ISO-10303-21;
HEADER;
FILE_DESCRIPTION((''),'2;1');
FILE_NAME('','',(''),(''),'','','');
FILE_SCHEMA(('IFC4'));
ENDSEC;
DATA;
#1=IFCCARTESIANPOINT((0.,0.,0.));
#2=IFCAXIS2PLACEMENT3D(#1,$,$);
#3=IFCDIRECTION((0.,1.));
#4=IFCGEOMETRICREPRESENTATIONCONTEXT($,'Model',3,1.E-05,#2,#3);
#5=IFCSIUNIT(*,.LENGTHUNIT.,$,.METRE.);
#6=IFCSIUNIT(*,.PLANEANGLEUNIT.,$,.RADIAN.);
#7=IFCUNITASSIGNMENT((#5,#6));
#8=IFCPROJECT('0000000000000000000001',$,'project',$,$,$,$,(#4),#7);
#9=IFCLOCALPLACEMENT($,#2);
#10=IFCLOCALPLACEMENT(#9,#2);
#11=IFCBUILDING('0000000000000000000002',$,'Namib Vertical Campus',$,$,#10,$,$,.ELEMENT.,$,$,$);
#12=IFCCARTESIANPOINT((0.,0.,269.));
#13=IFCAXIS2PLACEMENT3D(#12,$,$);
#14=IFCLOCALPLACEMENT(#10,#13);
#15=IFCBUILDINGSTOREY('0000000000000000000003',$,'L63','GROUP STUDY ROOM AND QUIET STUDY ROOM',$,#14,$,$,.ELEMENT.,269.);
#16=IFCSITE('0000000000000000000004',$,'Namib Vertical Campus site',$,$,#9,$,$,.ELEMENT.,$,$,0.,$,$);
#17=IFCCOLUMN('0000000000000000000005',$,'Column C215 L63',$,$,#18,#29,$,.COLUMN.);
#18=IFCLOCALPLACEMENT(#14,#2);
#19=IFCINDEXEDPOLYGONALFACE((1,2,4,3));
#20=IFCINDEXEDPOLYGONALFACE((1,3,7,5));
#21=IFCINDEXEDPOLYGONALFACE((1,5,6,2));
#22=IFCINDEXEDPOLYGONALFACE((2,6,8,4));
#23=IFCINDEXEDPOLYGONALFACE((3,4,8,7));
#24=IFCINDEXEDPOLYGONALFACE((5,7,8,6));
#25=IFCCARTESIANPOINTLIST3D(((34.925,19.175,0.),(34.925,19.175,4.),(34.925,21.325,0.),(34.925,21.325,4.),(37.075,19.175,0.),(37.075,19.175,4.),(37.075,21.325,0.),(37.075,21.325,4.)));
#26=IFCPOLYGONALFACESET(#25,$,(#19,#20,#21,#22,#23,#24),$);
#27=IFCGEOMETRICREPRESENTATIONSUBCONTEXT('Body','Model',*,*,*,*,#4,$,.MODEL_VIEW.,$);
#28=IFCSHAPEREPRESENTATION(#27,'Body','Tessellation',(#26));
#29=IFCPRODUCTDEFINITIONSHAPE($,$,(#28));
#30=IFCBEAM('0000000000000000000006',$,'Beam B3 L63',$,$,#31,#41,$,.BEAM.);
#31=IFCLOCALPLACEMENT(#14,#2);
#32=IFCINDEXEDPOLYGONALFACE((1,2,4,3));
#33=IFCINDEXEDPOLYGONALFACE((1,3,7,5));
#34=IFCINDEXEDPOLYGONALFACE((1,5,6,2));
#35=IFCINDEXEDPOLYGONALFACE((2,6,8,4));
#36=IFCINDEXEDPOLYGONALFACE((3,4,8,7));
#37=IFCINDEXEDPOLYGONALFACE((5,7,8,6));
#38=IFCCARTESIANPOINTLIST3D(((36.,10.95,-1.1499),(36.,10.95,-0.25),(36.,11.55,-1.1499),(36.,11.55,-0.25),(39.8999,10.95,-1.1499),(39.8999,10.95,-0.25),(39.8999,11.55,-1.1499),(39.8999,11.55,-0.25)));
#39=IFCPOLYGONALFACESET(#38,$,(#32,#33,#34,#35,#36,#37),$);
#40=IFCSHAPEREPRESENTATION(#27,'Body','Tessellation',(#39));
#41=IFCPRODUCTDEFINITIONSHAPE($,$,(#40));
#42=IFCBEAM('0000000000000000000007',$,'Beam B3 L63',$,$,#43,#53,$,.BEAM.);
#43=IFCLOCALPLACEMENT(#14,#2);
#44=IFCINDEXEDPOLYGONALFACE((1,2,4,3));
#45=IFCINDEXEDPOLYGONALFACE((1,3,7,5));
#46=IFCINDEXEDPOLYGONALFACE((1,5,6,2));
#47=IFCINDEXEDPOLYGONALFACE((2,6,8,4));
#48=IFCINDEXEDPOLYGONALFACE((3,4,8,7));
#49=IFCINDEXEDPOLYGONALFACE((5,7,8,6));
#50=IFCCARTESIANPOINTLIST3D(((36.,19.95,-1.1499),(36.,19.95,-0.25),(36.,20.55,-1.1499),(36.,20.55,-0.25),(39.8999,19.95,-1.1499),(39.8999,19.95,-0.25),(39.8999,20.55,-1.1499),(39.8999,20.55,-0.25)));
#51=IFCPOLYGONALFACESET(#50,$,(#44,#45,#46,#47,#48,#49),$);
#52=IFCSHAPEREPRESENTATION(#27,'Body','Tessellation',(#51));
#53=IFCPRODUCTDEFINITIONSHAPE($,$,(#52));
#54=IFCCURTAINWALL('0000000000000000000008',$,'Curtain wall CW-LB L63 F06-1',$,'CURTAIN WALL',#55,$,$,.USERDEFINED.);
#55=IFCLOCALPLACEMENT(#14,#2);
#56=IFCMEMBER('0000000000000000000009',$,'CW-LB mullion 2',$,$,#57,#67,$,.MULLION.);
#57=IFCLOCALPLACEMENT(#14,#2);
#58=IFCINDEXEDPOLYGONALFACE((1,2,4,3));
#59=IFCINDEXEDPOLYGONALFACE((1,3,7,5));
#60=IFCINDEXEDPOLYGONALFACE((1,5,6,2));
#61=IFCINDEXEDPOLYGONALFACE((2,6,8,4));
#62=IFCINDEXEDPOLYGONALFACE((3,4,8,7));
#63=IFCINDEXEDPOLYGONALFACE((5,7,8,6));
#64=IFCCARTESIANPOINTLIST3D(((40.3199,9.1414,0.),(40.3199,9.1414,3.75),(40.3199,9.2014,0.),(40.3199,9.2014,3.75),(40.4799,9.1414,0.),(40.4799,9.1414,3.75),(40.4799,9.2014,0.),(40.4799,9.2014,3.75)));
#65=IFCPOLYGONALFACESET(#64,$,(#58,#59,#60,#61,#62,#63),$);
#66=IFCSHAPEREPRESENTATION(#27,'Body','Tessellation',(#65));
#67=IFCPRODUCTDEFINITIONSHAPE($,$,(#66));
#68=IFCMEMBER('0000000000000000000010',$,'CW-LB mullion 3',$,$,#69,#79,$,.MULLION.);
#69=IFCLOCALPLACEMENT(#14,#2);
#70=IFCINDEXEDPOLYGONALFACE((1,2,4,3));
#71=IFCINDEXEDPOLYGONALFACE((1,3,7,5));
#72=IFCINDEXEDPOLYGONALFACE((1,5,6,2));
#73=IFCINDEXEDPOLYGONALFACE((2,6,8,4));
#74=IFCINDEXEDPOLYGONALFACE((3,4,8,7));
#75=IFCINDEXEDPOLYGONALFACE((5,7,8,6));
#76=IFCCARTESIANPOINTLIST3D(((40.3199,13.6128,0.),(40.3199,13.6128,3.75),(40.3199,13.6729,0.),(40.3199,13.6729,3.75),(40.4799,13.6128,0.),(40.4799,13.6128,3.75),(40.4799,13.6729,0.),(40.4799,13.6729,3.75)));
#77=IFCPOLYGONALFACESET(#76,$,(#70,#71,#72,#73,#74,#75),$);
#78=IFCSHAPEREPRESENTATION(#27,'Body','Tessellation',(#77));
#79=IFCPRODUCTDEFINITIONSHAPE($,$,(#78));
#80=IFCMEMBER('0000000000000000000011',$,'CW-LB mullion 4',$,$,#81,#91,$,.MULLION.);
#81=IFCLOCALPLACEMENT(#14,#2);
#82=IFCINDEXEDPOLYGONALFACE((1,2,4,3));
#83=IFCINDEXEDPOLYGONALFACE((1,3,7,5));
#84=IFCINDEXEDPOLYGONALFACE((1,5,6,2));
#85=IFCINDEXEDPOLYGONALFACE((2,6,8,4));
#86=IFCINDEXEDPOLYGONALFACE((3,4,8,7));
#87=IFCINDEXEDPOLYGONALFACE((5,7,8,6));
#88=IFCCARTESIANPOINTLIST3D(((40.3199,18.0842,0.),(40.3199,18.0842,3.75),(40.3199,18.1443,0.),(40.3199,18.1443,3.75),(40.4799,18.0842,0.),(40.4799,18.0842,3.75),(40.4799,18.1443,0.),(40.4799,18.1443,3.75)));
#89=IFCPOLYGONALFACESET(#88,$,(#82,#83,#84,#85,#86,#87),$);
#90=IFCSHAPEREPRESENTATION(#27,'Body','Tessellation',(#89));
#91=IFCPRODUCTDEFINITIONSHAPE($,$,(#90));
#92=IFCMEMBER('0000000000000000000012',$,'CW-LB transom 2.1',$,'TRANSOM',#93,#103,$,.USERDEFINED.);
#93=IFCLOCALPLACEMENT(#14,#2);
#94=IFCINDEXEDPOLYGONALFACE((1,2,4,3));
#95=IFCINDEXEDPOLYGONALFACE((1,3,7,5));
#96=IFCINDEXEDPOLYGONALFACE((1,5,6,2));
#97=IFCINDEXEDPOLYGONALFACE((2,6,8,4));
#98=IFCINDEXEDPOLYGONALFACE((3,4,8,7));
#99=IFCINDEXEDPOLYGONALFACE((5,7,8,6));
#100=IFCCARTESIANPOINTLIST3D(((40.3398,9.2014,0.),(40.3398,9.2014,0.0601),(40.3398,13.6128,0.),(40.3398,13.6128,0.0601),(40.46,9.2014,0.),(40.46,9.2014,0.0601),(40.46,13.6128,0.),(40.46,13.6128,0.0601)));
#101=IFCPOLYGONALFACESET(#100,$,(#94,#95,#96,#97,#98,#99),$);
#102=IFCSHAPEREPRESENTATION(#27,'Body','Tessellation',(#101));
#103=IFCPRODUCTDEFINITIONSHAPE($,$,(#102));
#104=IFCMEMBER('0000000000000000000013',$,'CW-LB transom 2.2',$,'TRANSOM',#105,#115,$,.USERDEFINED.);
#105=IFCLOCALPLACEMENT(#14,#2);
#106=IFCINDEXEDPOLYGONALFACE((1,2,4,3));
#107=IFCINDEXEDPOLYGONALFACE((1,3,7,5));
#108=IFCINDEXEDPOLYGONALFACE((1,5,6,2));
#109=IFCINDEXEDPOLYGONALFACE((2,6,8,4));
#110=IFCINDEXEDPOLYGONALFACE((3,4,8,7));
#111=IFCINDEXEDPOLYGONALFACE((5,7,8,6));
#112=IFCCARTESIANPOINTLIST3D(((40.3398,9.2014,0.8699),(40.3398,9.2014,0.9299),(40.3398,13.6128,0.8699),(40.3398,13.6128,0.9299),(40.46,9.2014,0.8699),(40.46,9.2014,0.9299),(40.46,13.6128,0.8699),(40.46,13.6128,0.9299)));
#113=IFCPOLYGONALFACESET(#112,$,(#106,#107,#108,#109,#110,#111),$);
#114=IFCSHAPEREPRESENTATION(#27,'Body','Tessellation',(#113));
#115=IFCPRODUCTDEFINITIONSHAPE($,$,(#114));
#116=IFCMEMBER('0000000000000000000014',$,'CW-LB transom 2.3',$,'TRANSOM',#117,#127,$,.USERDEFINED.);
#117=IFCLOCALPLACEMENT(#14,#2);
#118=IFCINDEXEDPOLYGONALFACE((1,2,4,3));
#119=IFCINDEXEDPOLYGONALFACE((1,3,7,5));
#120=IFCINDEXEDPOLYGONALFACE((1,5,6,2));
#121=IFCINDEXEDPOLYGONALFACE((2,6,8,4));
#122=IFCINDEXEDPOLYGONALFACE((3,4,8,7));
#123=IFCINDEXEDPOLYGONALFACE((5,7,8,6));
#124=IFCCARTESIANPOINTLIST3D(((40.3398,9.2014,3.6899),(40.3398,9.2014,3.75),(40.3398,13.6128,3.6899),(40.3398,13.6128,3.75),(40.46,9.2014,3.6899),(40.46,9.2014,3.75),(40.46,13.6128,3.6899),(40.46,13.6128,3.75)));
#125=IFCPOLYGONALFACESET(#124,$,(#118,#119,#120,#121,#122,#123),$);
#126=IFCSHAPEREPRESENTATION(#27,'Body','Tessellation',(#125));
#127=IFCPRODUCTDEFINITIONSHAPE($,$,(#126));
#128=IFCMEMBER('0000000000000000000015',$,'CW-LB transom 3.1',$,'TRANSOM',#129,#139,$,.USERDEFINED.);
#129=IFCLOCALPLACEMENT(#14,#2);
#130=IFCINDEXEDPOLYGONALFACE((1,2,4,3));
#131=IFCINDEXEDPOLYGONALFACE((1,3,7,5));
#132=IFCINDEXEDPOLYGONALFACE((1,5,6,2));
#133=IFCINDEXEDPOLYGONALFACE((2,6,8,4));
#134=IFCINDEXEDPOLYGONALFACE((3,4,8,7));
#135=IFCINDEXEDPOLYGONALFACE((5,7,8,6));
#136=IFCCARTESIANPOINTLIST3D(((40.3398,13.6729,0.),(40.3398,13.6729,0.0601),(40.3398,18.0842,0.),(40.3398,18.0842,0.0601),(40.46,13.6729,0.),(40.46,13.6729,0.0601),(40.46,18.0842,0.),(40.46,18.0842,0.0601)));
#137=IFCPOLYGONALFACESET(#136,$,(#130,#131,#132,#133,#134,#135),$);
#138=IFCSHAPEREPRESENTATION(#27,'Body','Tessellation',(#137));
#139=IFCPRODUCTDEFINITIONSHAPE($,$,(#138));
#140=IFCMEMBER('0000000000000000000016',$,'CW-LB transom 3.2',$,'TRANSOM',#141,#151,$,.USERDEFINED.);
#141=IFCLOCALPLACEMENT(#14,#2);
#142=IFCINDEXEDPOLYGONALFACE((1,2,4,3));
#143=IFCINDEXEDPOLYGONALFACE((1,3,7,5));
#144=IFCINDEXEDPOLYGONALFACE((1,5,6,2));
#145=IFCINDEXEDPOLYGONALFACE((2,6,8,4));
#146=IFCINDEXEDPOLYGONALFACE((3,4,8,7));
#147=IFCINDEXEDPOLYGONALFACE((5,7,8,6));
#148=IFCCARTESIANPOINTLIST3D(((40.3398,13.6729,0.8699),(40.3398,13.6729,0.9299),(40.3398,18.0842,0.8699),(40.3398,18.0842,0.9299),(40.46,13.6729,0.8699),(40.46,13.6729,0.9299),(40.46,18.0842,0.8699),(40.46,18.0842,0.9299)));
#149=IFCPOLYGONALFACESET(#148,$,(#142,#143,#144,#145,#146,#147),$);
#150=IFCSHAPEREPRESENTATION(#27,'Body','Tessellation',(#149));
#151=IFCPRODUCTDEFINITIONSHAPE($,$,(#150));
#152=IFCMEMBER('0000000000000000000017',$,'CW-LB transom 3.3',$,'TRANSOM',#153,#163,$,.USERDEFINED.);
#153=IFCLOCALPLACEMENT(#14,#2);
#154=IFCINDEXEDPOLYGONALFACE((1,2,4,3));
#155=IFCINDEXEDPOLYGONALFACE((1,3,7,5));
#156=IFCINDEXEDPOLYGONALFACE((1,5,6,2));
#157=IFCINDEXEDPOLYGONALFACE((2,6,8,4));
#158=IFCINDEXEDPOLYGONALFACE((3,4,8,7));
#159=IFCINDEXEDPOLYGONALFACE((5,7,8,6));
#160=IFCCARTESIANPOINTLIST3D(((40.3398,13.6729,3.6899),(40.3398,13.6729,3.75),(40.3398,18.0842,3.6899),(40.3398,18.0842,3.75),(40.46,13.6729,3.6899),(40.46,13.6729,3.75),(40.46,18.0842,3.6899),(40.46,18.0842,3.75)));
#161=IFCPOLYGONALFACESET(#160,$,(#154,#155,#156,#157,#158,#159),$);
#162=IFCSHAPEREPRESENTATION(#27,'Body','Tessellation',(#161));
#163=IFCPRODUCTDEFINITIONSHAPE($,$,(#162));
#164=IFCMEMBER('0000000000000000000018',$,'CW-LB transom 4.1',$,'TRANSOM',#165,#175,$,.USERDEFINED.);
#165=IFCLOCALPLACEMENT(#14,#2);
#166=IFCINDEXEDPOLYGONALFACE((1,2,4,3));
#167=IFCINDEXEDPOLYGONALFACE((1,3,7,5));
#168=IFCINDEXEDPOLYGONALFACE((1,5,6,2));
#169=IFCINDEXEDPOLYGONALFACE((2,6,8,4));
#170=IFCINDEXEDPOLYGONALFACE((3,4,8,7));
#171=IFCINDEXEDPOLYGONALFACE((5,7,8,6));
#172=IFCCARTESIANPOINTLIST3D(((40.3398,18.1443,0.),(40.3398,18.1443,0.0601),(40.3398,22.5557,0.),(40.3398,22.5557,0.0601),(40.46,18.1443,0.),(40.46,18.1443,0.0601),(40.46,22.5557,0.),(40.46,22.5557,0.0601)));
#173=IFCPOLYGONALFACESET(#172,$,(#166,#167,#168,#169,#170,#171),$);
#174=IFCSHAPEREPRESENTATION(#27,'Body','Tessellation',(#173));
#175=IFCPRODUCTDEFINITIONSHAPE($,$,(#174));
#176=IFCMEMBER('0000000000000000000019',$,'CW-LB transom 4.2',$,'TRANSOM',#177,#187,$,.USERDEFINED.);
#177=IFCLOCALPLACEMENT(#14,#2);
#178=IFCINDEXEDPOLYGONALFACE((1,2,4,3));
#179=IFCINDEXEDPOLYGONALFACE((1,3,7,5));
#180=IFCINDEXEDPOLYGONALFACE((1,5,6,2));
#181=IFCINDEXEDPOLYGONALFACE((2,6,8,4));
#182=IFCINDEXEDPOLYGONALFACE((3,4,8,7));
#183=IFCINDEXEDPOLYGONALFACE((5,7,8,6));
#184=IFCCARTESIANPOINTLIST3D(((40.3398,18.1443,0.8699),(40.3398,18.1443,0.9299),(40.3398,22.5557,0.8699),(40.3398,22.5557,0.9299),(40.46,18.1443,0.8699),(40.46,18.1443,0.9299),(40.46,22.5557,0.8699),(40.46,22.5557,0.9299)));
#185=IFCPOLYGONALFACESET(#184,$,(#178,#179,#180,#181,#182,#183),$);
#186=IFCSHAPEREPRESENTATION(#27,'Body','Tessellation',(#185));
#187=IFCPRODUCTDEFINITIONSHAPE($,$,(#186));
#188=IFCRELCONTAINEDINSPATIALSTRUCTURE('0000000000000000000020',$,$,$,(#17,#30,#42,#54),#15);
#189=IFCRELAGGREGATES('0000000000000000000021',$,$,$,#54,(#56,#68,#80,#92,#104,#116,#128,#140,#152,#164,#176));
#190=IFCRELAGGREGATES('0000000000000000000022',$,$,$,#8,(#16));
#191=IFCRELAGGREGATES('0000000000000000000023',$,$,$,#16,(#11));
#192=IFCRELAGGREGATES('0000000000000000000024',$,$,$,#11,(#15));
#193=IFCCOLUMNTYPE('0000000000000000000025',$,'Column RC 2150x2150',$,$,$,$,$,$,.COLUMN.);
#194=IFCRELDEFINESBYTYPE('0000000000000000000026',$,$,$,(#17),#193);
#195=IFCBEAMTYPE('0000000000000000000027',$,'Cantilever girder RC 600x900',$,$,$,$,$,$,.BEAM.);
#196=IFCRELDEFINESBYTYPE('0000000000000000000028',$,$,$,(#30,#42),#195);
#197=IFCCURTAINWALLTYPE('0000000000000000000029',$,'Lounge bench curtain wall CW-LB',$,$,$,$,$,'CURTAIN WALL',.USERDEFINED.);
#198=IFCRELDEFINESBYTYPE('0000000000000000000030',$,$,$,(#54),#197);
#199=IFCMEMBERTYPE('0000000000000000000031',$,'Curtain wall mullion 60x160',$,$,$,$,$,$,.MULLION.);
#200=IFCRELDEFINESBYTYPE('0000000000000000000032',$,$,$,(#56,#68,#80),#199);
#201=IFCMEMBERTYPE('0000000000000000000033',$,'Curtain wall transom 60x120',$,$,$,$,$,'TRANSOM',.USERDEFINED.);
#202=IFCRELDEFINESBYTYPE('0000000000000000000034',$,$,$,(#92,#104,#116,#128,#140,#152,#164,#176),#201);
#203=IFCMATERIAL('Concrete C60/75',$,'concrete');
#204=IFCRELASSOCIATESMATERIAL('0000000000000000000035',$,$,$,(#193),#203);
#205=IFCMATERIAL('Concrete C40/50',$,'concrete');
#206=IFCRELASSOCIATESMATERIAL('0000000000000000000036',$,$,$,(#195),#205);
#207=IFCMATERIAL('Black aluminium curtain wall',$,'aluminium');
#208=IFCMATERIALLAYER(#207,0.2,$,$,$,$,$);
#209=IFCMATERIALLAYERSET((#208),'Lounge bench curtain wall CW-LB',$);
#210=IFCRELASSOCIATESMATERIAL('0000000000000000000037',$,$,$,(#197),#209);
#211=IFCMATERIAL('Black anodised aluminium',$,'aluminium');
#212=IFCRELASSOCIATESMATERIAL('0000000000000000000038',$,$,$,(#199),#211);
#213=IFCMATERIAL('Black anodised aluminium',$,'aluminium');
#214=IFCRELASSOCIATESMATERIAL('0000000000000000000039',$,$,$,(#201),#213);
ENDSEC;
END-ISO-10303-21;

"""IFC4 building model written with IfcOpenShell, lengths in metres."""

from ifc_helpers import new_model, si_unit, direction, frame, origin, origin_2d, place, context, subcontext, project, spatial, rectangle, extrude, material, layer, layer_set, material_profile, profile_set, type_object, element, aggregate, save


model = new_model("IFC4")

# Units and contexts
model_context = context("Model", 3, precision=1e-05, world=origin(), true_north=direction((0.0, 1.0)))
body_context = subcontext(model_context, "Body", "Model", "MODEL_VIEW")
ifc_project = project(units=[si_unit("LENGTHUNIT", "METRE"), si_unit("PLANEANGLEUNIT", "RADIAN")], contexts=[model_context])

# Site, building, storey
site_placement = place(None, origin())
site = spatial("IfcSite", under=ifc_project, at=site_placement, Name="Namib Vertical Campus site", CompositionType="ELEMENT", RefElevation=0.0)
building_placement = place(site_placement, origin())
building = spatial("IfcBuilding", under=site, at=building_placement, Name="Namib Vertical Campus", CompositionType="ELEMENT")
storey_placement = place(building_placement, frame((0.0, 0.0, 269.0)))
storey = spatial("IfcBuildingStorey", under=building, at=storey_placement, Name="L63", Description="GROUP STUDY ROOM AND QUIET STUDY ROOM", CompositionType="ELEMENT", Elevation=269.0)

# Column
ifc_material_1 = material(Name="Concrete C60/75", Category="concrete")
ifc_material_profile_1 = material_profile(ifc_material_1, rectangle(XDim=2.1499, YDim=2.1499, at=origin_2d()))
ifc_profile_set_1 = profile_set([ifc_material_profile_1], Name="Concrete C60/75")
column_type = type_object("IfcColumnType", Name="Column RC 2150x2150", PredefinedType="COLUMN", material=ifc_profile_set_1)
column_placement = place(storey_placement, frame((36.0, 20.25, 0.0), z_axis=(0.0, 0.0, 1.0), x_axis=(1.0, 0.0, 0.0)))
element("IfcColumn", 1, at=column_placement, inside=storey, type_object=column_type, Name="Column C215 L63", PredefinedType="COLUMN", context=body_context, shape_type="SweptSolid", body=[
    extrude(rectangle(XDim=2.1499, YDim=2.1499, at=origin_2d()), origin(), (0.0, 0.0, 1.0), 4.0),
])

# Beams
ifc_material_2 = material(Name="Concrete C40/50", Category="concrete")
ifc_material_profile_2 = material_profile(ifc_material_2, rectangle(XDim=0.6001, YDim=0.8999, at=origin_2d()))
ifc_profile_set_2 = profile_set([ifc_material_profile_2], Name="Concrete C40/50")
beam_type_1 = type_object("IfcBeamType", Name="Cantilever girder RC 600x900", PredefinedType="BEAM", material=ifc_profile_set_2)
for number, where, z_axis, x_axis, name in (
    (2, (36.0, 11.25, -0.7), (1.0, 0.0, 0.0), (0.0, 1.0, 0.0), "Beam B3 L63"),
    (3, (36.0, 20.25, -0.7), (1.0, 0.0, 0.0), (0.0, 1.0, 0.0), "Beam B3 L63"),
):
    element("IfcBeam", number, at=place(storey_placement, frame(where, z_axis=z_axis, x_axis=x_axis)), inside=storey, type_object=beam_type_1, Name=name, PredefinedType="BEAM", context=body_context, shape_type="SweptSolid", body=[
        extrude(rectangle(XDim=0.6001, YDim=0.8999, at=origin_2d()), origin(), (0.0, 0.0, 1.0), 3.8999),
    ])

# Curtain wall, members
ifc_material_3 = material(Name="Black aluminium curtain wall", Category="aluminium")
ifc_layer_1 = layer(ifc_material_3, 0.2)
ifc_layer_set_1 = layer_set([ifc_layer_1], Name="Lounge bench curtain wall CW-LB")
curtain_wall_type = type_object("IfcCurtainWallType", Name="Lounge bench curtain wall CW-LB", ElementType="CURTAIN WALL", PredefinedType="USERDEFINED", material=ifc_layer_set_1)
curtain_wall_placement = place(storey_placement, origin())
curtain_wall = element("IfcCurtainWall", 4, at=curtain_wall_placement, inside=storey, type_object=curtain_wall_type, Name="Curtain wall CW-LB L63 F06-1", ObjectType="CURTAIN WALL", PredefinedType="USERDEFINED")
ifc_material_4 = material(Name="Black anodised aluminium", Category="aluminium")
ifc_material_profile_3 = material_profile(ifc_material_4, rectangle(XDim=0.0601, YDim=0.1599, at=origin_2d()))
ifc_profile_set_3 = profile_set([ifc_material_profile_3], Name="Black anodised aluminium")
member_type_1 = type_object("IfcMemberType", Name="Curtain wall mullion 60x160", PredefinedType="MULLION", material=ifc_profile_set_3)
member_1_placement = place(storey_placement, frame((40.3999, 9.1714, 0.0), z_axis=(0.0, 0.0, 1.0), x_axis=(0.0, 1.0, 0.0)))
member_1 = element("IfcMember", 5, at=member_1_placement, type_object=member_type_1, Name="CW-LB mullion 2", PredefinedType="MULLION", context=body_context, shape_type="SweptSolid", body=[
    extrude(rectangle(XDim=0.0601, YDim=0.1599, at=origin_2d()), origin(), (0.0, 0.0, 1.0), 3.75),
])
member_2_placement = place(storey_placement, frame((40.3999, 13.6428, 0.0), z_axis=(0.0, 0.0, 1.0), x_axis=(0.0, 1.0, 0.0)))
member_2 = element("IfcMember", 6, at=member_2_placement, type_object=member_type_1, Name="CW-LB mullion 3", PredefinedType="MULLION", context=body_context, shape_type="SweptSolid", body=[
    extrude(rectangle(XDim=0.0601, YDim=0.1599, at=origin_2d()), origin(), (0.0, 0.0, 1.0), 3.75),
])
member_3_placement = place(storey_placement, frame((40.3999, 18.1143, 0.0), z_axis=(0.0, 0.0, 1.0), x_axis=(0.0, 1.0, 0.0)))
member_3 = element("IfcMember", 7, at=member_3_placement, type_object=member_type_1, Name="CW-LB mullion 4", PredefinedType="MULLION", context=body_context, shape_type="SweptSolid", body=[
    extrude(rectangle(XDim=0.0601, YDim=0.1599, at=origin_2d()), origin(), (0.0, 0.0, 1.0), 3.75),
])
ifc_material_5 = material(Name="Black anodised aluminium", Category="aluminium")
ifc_material_profile_4 = material_profile(ifc_material_5, rectangle(XDim=0.0601, YDim=0.1201, at=origin_2d()))
ifc_profile_set_4 = profile_set([ifc_material_profile_4], Name="Black anodised aluminium")
member_type_2 = type_object("IfcMemberType", Name="Curtain wall transom 60x120", ElementType="TRANSOM", PredefinedType="USERDEFINED", material=ifc_profile_set_4)
member_4_placement = place(storey_placement, frame((40.3999, 9.2014, 0.03), z_axis=(0.0, 1.0, 0.0), x_axis=(0.0, 0.0, 1.0)))
member_4 = element("IfcMember", 8, at=member_4_placement, type_object=member_type_2, Name="CW-LB transom 2.1", ObjectType="TRANSOM", PredefinedType="USERDEFINED", context=body_context, shape_type="SweptSolid", body=[
    extrude(rectangle(XDim=0.0601, YDim=0.1201, at=origin_2d()), origin(), (0.0, 0.0, 1.0), 4.4114),
])
member_5_placement = place(storey_placement, frame((40.3999, 9.2014, 0.8999), z_axis=(0.0, 1.0, 0.0), x_axis=(0.0, 0.0, 1.0)))
member_5 = element("IfcMember", 9, at=member_5_placement, type_object=member_type_2, Name="CW-LB transom 2.2", ObjectType="TRANSOM", PredefinedType="USERDEFINED", context=body_context, shape_type="SweptSolid", body=[
    extrude(rectangle(XDim=0.0601, YDim=0.1201, at=origin_2d()), origin(), (0.0, 0.0, 1.0), 4.4114),
])
member_6_placement = place(storey_placement, frame((40.3999, 9.2014, 3.72), z_axis=(0.0, 1.0, 0.0), x_axis=(0.0, 0.0, 1.0)))
member_6 = element("IfcMember", 10, at=member_6_placement, type_object=member_type_2, Name="CW-LB transom 2.3", ObjectType="TRANSOM", PredefinedType="USERDEFINED", context=body_context, shape_type="SweptSolid", body=[
    extrude(rectangle(XDim=0.0601, YDim=0.1201, at=origin_2d()), origin(), (0.0, 0.0, 1.0), 4.4114),
])
member_7_placement = place(storey_placement, frame((40.3999, 13.6729, 0.03), z_axis=(0.0, 1.0, 0.0), x_axis=(0.0, 0.0, 1.0)))
member_7 = element("IfcMember", 11, at=member_7_placement, type_object=member_type_2, Name="CW-LB transom 3.1", ObjectType="TRANSOM", PredefinedType="USERDEFINED", context=body_context, shape_type="SweptSolid", body=[
    extrude(rectangle(XDim=0.0601, YDim=0.1201, at=origin_2d()), origin(), (0.0, 0.0, 1.0), 4.4114),
])
member_8_placement = place(storey_placement, frame((40.3999, 13.6729, 0.8999), z_axis=(0.0, 1.0, 0.0), x_axis=(0.0, 0.0, 1.0)))
member_8 = element("IfcMember", 12, at=member_8_placement, type_object=member_type_2, Name="CW-LB transom 3.2", ObjectType="TRANSOM", PredefinedType="USERDEFINED", context=body_context, shape_type="SweptSolid", body=[
    extrude(rectangle(XDim=0.0601, YDim=0.1201, at=origin_2d()), origin(), (0.0, 0.0, 1.0), 4.4114),
])
member_9_placement = place(storey_placement, frame((40.3999, 13.6729, 3.72), z_axis=(0.0, 1.0, 0.0), x_axis=(0.0, 0.0, 1.0)))
member_9 = element("IfcMember", 13, at=member_9_placement, type_object=member_type_2, Name="CW-LB transom 3.3", ObjectType="TRANSOM", PredefinedType="USERDEFINED", context=body_context, shape_type="SweptSolid", body=[
    extrude(rectangle(XDim=0.0601, YDim=0.1201, at=origin_2d()), origin(), (0.0, 0.0, 1.0), 4.4114),
])
member_10_placement = place(storey_placement, frame((40.3999, 18.1443, 0.03), z_axis=(0.0, 1.0, 0.0), x_axis=(0.0, 0.0, 1.0)))
member_10 = element("IfcMember", 14, at=member_10_placement, type_object=member_type_2, Name="CW-LB transom 4.1", ObjectType="TRANSOM", PredefinedType="USERDEFINED", context=body_context, shape_type="SweptSolid", body=[
    extrude(rectangle(XDim=0.0601, YDim=0.1201, at=origin_2d()), origin(), (0.0, 0.0, 1.0), 4.4114),
])
member_11_placement = place(storey_placement, frame((40.3999, 18.1443, 0.8999), z_axis=(0.0, 1.0, 0.0), x_axis=(0.0, 0.0, 1.0)))
member_11 = element("IfcMember", 15, at=member_11_placement, type_object=member_type_2, Name="CW-LB transom 4.2", ObjectType="TRANSOM", PredefinedType="USERDEFINED", context=body_context, shape_type="SweptSolid", body=[
    extrude(rectangle(XDim=0.0601, YDim=0.1201, at=origin_2d()), origin(), (0.0, 0.0, 1.0), 4.4114),
])

aggregate(curtain_wall, [member_1, member_2, member_3, member_4, member_5, member_6, member_7, member_8, member_9, member_10, member_11])

save(model, "model.ifc")
